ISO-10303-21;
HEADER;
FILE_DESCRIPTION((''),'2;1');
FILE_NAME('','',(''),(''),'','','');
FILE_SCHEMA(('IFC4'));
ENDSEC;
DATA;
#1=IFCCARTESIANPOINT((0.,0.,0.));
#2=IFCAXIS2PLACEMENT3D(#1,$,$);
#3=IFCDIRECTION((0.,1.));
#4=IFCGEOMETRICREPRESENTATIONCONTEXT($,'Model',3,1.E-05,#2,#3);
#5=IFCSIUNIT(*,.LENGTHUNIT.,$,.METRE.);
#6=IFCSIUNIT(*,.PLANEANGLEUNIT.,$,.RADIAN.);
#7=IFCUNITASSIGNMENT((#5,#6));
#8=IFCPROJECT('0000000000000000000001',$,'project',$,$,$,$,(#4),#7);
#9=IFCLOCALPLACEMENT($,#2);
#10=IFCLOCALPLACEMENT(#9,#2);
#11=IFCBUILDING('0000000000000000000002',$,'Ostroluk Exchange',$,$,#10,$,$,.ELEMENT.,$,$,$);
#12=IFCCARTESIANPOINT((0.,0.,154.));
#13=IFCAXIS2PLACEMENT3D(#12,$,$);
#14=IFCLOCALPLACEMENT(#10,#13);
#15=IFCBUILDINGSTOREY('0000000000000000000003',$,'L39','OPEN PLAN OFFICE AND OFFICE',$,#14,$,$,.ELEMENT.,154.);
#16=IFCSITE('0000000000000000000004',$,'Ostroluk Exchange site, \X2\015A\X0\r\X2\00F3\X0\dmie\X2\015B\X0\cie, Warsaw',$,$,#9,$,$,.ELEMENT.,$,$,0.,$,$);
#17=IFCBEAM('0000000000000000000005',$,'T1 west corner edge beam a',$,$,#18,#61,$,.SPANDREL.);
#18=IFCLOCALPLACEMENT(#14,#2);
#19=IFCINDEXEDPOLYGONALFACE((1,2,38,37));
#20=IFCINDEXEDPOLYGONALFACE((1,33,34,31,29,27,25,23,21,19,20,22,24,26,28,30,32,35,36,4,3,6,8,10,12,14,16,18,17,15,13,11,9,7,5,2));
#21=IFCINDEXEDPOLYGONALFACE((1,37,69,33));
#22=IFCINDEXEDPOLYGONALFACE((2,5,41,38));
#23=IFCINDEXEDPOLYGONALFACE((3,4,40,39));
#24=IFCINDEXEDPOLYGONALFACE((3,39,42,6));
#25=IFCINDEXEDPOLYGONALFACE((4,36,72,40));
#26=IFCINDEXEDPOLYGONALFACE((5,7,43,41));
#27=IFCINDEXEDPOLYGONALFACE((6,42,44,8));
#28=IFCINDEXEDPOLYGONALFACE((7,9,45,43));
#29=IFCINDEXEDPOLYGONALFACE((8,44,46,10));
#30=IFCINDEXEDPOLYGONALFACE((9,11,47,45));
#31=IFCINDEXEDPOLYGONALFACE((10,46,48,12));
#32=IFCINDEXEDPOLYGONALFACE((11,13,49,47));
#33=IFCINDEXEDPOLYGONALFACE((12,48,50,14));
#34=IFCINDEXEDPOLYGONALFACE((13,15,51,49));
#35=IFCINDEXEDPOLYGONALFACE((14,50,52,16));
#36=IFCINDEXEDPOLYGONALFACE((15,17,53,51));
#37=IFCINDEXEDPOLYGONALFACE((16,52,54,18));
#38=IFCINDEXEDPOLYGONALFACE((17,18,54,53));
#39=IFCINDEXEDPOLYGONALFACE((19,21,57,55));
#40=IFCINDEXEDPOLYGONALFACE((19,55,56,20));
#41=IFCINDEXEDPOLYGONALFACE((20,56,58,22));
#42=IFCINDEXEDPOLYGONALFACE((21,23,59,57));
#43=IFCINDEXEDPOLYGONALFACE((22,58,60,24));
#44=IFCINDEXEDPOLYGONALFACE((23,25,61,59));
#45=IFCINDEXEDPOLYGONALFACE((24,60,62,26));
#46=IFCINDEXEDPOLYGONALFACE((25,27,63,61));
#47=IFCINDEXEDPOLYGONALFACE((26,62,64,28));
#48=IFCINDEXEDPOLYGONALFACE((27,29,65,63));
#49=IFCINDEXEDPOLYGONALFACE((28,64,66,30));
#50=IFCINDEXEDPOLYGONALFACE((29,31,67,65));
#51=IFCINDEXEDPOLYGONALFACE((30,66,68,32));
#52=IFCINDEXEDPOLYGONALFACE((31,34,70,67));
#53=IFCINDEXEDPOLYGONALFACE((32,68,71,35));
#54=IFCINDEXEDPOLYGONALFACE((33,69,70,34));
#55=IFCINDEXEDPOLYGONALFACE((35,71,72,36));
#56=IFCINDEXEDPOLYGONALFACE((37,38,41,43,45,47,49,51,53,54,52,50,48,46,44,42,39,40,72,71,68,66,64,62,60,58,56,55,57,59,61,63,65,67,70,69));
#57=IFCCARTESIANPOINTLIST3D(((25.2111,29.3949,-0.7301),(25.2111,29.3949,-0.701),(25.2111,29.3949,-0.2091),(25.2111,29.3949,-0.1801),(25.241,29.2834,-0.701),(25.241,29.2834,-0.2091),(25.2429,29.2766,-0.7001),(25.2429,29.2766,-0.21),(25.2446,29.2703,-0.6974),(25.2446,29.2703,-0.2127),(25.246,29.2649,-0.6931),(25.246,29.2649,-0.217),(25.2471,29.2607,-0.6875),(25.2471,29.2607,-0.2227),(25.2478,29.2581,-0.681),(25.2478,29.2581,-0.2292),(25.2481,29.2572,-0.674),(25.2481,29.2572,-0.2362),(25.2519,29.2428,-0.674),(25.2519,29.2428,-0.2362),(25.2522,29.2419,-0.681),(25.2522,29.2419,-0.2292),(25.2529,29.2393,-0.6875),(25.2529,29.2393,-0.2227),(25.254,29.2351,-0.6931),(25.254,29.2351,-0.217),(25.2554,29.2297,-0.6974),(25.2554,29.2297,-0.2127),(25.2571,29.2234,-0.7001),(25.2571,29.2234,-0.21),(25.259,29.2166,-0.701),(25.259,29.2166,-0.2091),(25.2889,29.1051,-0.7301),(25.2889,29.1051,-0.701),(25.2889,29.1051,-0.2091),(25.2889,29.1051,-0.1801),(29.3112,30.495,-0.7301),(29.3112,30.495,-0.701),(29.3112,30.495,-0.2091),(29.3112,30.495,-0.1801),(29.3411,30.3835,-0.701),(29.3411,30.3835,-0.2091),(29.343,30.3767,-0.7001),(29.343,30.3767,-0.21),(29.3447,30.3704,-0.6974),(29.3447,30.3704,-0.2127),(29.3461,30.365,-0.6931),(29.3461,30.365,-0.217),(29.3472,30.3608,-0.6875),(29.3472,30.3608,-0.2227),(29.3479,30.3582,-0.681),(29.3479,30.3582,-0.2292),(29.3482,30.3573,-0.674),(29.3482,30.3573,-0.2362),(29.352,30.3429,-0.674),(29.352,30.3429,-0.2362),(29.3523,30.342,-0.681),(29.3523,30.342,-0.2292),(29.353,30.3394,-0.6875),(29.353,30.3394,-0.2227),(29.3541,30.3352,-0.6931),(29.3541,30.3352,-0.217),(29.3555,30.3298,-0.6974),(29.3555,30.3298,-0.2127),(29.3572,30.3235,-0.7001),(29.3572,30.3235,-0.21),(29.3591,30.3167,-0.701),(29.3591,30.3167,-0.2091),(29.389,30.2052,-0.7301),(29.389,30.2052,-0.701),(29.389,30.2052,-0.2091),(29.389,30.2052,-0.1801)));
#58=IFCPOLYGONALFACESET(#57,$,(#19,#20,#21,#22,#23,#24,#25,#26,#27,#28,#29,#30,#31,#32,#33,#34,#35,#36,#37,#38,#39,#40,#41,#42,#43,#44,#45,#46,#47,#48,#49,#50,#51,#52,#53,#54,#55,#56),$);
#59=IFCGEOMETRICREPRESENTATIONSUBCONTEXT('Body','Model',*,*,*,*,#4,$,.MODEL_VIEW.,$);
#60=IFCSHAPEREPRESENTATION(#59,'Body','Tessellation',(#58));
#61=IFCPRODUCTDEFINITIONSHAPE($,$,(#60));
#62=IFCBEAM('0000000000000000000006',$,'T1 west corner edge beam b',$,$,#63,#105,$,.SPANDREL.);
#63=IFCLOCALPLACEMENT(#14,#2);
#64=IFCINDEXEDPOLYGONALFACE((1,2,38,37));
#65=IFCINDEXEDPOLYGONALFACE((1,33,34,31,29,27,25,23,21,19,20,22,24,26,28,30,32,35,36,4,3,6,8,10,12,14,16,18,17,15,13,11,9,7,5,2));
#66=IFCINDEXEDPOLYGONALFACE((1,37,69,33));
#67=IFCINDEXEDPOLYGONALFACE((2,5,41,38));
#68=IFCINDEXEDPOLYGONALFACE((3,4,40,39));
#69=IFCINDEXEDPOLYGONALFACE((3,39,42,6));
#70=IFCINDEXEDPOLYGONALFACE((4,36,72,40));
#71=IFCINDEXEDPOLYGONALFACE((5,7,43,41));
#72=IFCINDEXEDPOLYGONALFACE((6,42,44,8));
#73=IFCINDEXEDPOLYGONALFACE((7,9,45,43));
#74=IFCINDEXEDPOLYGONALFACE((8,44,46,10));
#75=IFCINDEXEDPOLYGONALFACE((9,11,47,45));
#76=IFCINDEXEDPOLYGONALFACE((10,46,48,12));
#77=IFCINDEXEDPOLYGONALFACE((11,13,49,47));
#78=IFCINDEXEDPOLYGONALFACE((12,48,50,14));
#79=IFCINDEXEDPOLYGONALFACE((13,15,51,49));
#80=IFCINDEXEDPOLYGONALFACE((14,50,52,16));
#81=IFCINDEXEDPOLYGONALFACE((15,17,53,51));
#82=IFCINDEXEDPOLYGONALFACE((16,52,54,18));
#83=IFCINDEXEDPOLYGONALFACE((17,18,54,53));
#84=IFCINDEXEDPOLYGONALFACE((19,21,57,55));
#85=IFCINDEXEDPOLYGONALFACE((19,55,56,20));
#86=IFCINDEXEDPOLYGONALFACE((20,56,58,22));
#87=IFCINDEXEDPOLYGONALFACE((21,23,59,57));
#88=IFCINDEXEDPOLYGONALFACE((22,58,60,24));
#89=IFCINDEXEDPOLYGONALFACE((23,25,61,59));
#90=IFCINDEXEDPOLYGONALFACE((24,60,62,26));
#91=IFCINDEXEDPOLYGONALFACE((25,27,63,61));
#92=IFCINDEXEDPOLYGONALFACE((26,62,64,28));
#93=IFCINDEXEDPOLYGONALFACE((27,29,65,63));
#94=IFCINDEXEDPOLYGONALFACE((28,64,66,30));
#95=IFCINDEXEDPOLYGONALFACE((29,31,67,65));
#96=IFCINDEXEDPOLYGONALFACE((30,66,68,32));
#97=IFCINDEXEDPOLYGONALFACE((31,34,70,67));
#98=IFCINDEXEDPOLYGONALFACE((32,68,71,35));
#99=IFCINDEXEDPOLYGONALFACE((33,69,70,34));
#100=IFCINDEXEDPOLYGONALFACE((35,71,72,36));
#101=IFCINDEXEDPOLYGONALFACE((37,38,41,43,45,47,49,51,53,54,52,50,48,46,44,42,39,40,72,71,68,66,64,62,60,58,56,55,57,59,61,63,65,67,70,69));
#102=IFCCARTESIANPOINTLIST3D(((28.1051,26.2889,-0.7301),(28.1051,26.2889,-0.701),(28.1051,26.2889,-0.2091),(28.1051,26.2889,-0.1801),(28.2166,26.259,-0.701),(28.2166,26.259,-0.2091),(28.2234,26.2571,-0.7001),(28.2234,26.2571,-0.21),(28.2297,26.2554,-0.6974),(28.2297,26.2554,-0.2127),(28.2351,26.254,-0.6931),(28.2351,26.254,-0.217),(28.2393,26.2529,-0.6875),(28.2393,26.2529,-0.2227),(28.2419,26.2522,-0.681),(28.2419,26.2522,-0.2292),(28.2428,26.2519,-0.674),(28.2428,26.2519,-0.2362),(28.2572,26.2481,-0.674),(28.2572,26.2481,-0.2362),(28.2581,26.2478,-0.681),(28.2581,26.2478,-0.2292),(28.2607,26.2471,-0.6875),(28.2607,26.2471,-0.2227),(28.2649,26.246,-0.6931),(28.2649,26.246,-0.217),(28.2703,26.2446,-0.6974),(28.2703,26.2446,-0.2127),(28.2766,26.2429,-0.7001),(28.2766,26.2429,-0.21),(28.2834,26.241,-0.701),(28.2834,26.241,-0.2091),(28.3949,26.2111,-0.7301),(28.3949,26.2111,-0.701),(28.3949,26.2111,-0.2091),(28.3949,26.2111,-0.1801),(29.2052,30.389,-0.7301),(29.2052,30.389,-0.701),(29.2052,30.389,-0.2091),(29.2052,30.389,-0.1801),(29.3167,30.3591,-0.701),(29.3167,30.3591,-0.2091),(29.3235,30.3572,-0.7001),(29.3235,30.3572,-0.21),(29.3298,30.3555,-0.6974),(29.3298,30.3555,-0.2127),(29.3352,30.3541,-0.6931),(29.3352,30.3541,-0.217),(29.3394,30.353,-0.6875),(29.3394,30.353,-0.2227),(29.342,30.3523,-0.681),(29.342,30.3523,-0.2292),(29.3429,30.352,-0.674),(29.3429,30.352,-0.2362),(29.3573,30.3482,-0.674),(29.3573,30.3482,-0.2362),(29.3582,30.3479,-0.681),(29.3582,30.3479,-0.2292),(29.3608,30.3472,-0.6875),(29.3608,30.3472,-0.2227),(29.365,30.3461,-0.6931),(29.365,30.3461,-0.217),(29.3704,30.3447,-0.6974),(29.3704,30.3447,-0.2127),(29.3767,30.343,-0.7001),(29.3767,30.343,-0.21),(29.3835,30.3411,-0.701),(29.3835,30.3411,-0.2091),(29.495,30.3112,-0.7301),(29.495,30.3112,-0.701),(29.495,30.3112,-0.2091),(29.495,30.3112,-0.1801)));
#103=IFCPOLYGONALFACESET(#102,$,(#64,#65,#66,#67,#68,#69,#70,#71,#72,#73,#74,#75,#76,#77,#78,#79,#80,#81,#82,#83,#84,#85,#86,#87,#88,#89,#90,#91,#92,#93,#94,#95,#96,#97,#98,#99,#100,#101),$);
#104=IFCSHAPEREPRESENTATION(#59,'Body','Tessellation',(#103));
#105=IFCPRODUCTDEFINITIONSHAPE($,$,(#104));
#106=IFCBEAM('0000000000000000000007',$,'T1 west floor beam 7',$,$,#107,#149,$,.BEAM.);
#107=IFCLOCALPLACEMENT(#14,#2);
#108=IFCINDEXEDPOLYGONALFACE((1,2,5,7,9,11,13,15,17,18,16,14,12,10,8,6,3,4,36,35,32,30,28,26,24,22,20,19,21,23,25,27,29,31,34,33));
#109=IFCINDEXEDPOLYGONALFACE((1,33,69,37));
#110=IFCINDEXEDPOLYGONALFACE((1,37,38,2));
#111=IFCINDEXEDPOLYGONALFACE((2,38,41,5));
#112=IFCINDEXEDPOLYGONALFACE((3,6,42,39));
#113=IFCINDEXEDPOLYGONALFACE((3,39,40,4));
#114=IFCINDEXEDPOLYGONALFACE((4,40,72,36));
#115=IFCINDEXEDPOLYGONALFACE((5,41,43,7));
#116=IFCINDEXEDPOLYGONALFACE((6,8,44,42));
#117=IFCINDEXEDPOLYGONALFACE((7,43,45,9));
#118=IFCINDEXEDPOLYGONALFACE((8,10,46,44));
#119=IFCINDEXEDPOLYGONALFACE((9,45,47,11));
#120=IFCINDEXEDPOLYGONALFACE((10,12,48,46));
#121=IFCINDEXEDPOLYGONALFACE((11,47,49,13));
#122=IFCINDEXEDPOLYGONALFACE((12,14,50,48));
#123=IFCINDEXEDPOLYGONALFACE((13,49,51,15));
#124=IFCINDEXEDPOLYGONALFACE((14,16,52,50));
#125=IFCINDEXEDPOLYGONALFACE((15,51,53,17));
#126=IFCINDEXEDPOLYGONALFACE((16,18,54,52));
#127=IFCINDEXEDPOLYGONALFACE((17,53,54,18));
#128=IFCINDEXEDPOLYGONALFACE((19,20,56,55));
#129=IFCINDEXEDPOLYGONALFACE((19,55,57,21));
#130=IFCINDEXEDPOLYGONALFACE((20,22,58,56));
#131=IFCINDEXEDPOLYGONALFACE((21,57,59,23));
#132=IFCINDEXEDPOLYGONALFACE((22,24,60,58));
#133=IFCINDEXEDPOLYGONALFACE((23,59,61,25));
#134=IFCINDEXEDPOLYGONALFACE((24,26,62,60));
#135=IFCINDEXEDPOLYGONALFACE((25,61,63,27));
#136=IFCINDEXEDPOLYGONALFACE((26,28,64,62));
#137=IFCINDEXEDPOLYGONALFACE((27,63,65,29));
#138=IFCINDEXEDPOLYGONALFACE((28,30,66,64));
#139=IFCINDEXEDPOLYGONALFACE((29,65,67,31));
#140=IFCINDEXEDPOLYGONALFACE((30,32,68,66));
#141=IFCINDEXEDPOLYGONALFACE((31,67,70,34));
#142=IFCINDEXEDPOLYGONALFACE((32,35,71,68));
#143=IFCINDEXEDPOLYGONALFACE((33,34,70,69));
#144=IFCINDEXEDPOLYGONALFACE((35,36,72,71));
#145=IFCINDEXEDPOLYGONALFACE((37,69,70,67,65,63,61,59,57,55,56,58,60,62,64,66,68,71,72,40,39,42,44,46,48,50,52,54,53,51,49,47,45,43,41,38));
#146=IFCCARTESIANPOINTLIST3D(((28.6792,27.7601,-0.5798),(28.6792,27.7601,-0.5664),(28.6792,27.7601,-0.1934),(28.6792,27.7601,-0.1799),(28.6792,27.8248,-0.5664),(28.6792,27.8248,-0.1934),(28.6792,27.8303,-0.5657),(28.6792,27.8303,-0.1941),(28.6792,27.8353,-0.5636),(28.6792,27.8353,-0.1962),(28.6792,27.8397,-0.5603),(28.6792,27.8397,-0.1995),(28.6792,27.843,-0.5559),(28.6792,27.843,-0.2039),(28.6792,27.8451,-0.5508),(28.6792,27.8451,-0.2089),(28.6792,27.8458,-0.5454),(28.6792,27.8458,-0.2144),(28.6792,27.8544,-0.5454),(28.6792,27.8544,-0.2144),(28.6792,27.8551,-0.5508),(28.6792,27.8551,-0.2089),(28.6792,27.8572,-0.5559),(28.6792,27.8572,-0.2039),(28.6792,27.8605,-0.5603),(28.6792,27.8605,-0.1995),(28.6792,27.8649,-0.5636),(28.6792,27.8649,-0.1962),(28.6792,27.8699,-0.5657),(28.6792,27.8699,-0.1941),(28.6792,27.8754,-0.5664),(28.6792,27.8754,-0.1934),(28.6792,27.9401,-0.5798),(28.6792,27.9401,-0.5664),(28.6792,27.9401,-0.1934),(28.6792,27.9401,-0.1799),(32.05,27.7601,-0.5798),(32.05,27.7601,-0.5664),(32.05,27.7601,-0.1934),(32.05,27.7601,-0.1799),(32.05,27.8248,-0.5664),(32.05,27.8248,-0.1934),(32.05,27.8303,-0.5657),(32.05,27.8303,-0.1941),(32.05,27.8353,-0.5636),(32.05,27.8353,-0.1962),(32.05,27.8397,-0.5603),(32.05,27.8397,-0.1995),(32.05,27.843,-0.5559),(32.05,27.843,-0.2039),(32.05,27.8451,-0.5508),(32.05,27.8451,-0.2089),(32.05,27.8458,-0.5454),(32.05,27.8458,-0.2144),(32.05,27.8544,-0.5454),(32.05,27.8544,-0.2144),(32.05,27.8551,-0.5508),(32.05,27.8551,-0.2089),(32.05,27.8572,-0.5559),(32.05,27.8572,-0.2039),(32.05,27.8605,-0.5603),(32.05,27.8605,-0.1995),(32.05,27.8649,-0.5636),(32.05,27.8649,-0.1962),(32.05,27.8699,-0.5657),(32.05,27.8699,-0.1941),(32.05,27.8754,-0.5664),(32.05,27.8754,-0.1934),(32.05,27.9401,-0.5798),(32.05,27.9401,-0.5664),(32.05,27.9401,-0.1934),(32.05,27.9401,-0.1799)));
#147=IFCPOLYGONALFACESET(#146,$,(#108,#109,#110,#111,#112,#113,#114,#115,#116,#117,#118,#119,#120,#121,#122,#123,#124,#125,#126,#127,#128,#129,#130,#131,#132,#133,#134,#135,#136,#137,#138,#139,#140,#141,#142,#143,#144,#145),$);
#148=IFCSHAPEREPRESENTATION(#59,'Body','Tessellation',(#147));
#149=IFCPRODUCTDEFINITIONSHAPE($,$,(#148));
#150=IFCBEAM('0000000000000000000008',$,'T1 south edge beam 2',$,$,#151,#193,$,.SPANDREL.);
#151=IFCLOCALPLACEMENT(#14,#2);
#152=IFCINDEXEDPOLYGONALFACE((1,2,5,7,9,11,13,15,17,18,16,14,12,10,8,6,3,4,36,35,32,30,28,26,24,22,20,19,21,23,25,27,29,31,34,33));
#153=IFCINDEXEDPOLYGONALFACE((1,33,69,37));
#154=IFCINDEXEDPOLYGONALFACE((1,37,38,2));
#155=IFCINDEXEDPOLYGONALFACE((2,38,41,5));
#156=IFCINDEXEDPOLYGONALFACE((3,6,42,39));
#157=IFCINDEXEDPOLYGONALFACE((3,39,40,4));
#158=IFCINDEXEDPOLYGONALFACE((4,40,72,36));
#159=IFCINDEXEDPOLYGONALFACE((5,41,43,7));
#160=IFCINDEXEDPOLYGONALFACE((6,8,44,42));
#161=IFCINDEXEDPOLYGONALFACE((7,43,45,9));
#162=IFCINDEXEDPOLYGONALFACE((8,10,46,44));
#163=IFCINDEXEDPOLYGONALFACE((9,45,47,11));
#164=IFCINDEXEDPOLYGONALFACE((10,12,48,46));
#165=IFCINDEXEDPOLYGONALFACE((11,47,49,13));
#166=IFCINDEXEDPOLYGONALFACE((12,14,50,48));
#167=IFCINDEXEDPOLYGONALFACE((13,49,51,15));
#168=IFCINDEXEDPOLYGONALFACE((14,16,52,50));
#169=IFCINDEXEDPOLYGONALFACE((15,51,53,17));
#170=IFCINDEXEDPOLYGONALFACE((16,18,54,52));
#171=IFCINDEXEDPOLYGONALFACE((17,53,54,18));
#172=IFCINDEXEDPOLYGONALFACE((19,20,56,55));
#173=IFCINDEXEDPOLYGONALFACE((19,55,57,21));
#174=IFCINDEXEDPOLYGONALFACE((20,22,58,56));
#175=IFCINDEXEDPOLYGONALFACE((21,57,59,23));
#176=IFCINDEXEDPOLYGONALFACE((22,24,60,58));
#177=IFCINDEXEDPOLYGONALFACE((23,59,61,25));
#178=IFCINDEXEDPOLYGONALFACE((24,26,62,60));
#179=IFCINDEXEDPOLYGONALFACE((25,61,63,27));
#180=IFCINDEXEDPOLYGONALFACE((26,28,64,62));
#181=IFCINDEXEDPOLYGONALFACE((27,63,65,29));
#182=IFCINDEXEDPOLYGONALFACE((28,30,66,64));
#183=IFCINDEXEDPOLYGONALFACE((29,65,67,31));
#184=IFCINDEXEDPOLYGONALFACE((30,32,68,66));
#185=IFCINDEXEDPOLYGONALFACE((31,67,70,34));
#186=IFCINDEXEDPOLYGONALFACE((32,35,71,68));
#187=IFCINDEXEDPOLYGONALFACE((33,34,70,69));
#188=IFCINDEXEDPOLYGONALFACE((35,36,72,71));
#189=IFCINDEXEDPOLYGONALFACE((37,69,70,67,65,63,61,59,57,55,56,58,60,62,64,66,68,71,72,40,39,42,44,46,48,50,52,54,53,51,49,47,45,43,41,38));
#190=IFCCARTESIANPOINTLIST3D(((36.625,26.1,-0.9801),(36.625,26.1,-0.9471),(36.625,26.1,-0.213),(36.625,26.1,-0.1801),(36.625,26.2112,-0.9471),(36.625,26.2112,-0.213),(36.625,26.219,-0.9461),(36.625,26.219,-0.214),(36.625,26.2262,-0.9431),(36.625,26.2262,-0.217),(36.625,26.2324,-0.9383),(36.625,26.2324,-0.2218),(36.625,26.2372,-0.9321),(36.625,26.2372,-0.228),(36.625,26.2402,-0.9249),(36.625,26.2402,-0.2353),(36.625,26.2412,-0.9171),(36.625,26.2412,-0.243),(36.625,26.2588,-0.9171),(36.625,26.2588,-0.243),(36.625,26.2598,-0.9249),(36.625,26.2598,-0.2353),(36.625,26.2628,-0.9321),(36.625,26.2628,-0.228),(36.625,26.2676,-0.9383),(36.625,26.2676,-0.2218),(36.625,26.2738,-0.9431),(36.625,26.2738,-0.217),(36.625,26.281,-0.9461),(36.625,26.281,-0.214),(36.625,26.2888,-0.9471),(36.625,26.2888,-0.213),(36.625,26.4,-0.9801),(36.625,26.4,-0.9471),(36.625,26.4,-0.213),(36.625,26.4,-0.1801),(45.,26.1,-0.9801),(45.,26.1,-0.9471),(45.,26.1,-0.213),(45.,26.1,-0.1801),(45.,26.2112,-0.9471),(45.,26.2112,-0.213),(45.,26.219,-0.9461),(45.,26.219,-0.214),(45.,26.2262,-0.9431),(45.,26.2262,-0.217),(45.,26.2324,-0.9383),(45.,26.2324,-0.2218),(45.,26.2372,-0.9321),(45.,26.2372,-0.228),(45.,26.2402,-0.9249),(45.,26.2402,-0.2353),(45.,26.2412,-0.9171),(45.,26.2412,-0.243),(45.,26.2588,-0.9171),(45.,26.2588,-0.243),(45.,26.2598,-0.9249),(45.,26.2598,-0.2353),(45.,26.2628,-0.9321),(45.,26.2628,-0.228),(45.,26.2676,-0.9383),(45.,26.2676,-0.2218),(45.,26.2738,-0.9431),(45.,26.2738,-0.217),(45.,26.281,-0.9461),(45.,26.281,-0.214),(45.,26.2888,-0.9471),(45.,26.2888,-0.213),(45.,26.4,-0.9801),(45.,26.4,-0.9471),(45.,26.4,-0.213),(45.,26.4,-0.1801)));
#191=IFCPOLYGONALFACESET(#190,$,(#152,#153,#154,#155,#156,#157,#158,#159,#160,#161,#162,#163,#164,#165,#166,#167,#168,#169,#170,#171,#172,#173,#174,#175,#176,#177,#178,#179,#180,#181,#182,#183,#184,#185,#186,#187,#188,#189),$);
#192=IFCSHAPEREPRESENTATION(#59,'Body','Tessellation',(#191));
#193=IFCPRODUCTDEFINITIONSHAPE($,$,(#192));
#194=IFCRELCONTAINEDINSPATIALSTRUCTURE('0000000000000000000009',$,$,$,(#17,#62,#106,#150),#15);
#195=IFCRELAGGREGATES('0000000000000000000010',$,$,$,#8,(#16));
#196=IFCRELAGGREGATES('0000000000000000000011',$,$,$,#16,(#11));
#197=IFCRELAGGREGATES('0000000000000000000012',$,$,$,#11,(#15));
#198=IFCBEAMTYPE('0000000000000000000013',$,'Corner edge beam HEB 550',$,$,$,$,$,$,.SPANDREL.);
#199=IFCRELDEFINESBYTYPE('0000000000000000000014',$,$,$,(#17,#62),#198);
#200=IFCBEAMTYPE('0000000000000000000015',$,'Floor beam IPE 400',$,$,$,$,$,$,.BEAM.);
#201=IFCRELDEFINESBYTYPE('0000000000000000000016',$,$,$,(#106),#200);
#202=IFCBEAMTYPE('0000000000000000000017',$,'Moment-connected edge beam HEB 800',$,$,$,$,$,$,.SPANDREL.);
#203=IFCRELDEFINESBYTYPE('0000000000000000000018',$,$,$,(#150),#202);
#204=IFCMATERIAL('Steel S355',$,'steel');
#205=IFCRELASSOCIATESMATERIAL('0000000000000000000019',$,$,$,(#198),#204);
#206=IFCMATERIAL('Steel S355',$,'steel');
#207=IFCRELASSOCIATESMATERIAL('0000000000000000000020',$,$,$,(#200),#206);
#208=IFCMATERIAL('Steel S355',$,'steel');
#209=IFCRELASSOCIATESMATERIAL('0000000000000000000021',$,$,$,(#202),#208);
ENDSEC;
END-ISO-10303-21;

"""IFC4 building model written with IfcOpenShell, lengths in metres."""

from ifc_helpers import new_model, si_unit, direction, frame, origin, origin_2d, place, context, subcontext, project, spatial, i_section, extrude, material, material_profile, profile_set, type_object, element, save


model = new_model("IFC4")

# Units and contexts
model_context = context("Model", 3, precision=1e-05, world=origin(), true_north=direction((0.0, 1.0)))
body_context = subcontext(model_context, "Body", "Model", "MODEL_VIEW")
ifc_project = project(units=[si_unit("LENGTHUNIT", "METRE"), si_unit("PLANEANGLEUNIT", "RADIAN")], contexts=[model_context])

# Site, building, storey
site_placement = place(None, origin())
site = spatial("IfcSite", under=ifc_project, at=site_placement, Name="Ostroluk Exchange site, Śródmieście, Warsaw", CompositionType="ELEMENT", RefElevation=0.0)
building_placement = place(site_placement, origin())
building = spatial("IfcBuilding", under=site, at=building_placement, Name="Ostroluk Exchange", CompositionType="ELEMENT")
storey_placement = place(building_placement, frame((0.0, 0.0, 154.0)))
storey = spatial("IfcBuildingStorey", under=building, at=storey_placement, Name="L39", Description="OPEN PLAN OFFICE AND OFFICE", CompositionType="ELEMENT", Elevation=154.0)

# Beams
ifc_material_1 = material(Name="Steel S355", Category="steel")
ifc_material_profile_1 = material_profile(ifc_material_1, i_section(OverallWidth=0.3, OverallDepth=0.55, WebThickness=0.0149, FlangeThickness=0.0291, FilletRadius=0.0271, at=origin_2d()), Name="HEB 550")
ifc_profile_set_1 = profile_set([ifc_material_profile_1], Name="Steel S355")
beam_type_1 = type_object("IfcBeamType", Name="Corner edge beam HEB 550", PredefinedType="SPANDREL", material=ifc_profile_set_1)
for number, where, z_axis, x_axis, name in (
    (1, (29.3501, 30.3501, -0.4551), (-0.965839, -0.259144, 0.0), (0.259144, -0.965839, 0.0), "T1 west corner edge beam a"),
    (2, (29.3501, 30.3501, -0.4551), (-0.259144, -0.965839, 0.0), (0.965839, -0.259144, 0.0), "T1 west corner edge beam b"),
):
    element("IfcBeam", number, at=place(storey_placement, frame(where, z_axis=z_axis, x_axis=x_axis)), inside=storey, type_object=beam_type_1, Name=name, PredefinedType="SPANDREL", context=body_context, shape_type="SweptSolid", body=[
        extrude(i_section(OverallWidth=0.3, OverallDepth=0.55, WebThickness=0.0149, FlangeThickness=0.0291, FilletRadius=0.0271, at=origin_2d()), origin(), (0.0, 0.0, 1.0), 4.2451),
    ])
ifc_material_2 = material(Name="Steel S355", Category="steel")
ifc_material_profile_2 = material_profile(ifc_material_2, i_section(OverallWidth=0.1799, OverallDepth=0.3999, WebThickness=0.0085, FlangeThickness=0.0134, FilletRadius=0.021, at=origin_2d()), Name="IPE 400")
ifc_profile_set_2 = profile_set([ifc_material_profile_2], Name="Steel S355")
beam_type_2 = type_object("IfcBeamType", Name="Floor beam IPE 400", PredefinedType="BEAM", material=ifc_profile_set_2)
beam_1_placement = place(storey_placement, frame((32.05, 27.8501, -0.3799), z_axis=(-1.0, 0.0, 0.0), x_axis=(0.0, -1.0, 0.0)))
element("IfcBeam", 3, at=beam_1_placement, inside=storey, type_object=beam_type_2, Name="T1 west floor beam 7", PredefinedType="BEAM", context=body_context, shape_type="SweptSolid", body=[
    extrude(i_section(OverallWidth=0.1799, OverallDepth=0.3999, WebThickness=0.0085, FlangeThickness=0.0134, FilletRadius=0.021, at=origin_2d()), origin(), (0.0, 0.0, 1.0), 3.3708),
])
ifc_material_3 = material(Name="Steel S355", Category="steel")
ifc_material_profile_3 = material_profile(ifc_material_3, i_section(OverallWidth=0.3, OverallDepth=0.8, WebThickness=0.0176, FlangeThickness=0.033, FilletRadius=0.03, at=origin_2d()), Name="HEB 800")
ifc_profile_set_3 = profile_set([ifc_material_profile_3], Name="Steel S355")
beam_type_3 = type_object("IfcBeamType", Name="Moment-connected edge beam HEB 800", PredefinedType="SPANDREL", material=ifc_profile_set_3)
beam_2_placement = place(storey_placement, frame((36.625, 26.25, -0.5801), z_axis=(1.0, 0.0, 0.0), x_axis=(0.0, 1.0, 0.0)))
element("IfcBeam", 4, at=beam_2_placement, inside=storey, type_object=beam_type_3, Name="T1 south edge beam 2", PredefinedType="SPANDREL", context=body_context, shape_type="SweptSolid", body=[
    extrude(i_section(OverallWidth=0.3, OverallDepth=0.8, WebThickness=0.0176, FlangeThickness=0.033, FilletRadius=0.03, at=origin_2d()), origin(), (0.0, 0.0, 1.0), 8.375),
])

save(model, "model.ifc")
